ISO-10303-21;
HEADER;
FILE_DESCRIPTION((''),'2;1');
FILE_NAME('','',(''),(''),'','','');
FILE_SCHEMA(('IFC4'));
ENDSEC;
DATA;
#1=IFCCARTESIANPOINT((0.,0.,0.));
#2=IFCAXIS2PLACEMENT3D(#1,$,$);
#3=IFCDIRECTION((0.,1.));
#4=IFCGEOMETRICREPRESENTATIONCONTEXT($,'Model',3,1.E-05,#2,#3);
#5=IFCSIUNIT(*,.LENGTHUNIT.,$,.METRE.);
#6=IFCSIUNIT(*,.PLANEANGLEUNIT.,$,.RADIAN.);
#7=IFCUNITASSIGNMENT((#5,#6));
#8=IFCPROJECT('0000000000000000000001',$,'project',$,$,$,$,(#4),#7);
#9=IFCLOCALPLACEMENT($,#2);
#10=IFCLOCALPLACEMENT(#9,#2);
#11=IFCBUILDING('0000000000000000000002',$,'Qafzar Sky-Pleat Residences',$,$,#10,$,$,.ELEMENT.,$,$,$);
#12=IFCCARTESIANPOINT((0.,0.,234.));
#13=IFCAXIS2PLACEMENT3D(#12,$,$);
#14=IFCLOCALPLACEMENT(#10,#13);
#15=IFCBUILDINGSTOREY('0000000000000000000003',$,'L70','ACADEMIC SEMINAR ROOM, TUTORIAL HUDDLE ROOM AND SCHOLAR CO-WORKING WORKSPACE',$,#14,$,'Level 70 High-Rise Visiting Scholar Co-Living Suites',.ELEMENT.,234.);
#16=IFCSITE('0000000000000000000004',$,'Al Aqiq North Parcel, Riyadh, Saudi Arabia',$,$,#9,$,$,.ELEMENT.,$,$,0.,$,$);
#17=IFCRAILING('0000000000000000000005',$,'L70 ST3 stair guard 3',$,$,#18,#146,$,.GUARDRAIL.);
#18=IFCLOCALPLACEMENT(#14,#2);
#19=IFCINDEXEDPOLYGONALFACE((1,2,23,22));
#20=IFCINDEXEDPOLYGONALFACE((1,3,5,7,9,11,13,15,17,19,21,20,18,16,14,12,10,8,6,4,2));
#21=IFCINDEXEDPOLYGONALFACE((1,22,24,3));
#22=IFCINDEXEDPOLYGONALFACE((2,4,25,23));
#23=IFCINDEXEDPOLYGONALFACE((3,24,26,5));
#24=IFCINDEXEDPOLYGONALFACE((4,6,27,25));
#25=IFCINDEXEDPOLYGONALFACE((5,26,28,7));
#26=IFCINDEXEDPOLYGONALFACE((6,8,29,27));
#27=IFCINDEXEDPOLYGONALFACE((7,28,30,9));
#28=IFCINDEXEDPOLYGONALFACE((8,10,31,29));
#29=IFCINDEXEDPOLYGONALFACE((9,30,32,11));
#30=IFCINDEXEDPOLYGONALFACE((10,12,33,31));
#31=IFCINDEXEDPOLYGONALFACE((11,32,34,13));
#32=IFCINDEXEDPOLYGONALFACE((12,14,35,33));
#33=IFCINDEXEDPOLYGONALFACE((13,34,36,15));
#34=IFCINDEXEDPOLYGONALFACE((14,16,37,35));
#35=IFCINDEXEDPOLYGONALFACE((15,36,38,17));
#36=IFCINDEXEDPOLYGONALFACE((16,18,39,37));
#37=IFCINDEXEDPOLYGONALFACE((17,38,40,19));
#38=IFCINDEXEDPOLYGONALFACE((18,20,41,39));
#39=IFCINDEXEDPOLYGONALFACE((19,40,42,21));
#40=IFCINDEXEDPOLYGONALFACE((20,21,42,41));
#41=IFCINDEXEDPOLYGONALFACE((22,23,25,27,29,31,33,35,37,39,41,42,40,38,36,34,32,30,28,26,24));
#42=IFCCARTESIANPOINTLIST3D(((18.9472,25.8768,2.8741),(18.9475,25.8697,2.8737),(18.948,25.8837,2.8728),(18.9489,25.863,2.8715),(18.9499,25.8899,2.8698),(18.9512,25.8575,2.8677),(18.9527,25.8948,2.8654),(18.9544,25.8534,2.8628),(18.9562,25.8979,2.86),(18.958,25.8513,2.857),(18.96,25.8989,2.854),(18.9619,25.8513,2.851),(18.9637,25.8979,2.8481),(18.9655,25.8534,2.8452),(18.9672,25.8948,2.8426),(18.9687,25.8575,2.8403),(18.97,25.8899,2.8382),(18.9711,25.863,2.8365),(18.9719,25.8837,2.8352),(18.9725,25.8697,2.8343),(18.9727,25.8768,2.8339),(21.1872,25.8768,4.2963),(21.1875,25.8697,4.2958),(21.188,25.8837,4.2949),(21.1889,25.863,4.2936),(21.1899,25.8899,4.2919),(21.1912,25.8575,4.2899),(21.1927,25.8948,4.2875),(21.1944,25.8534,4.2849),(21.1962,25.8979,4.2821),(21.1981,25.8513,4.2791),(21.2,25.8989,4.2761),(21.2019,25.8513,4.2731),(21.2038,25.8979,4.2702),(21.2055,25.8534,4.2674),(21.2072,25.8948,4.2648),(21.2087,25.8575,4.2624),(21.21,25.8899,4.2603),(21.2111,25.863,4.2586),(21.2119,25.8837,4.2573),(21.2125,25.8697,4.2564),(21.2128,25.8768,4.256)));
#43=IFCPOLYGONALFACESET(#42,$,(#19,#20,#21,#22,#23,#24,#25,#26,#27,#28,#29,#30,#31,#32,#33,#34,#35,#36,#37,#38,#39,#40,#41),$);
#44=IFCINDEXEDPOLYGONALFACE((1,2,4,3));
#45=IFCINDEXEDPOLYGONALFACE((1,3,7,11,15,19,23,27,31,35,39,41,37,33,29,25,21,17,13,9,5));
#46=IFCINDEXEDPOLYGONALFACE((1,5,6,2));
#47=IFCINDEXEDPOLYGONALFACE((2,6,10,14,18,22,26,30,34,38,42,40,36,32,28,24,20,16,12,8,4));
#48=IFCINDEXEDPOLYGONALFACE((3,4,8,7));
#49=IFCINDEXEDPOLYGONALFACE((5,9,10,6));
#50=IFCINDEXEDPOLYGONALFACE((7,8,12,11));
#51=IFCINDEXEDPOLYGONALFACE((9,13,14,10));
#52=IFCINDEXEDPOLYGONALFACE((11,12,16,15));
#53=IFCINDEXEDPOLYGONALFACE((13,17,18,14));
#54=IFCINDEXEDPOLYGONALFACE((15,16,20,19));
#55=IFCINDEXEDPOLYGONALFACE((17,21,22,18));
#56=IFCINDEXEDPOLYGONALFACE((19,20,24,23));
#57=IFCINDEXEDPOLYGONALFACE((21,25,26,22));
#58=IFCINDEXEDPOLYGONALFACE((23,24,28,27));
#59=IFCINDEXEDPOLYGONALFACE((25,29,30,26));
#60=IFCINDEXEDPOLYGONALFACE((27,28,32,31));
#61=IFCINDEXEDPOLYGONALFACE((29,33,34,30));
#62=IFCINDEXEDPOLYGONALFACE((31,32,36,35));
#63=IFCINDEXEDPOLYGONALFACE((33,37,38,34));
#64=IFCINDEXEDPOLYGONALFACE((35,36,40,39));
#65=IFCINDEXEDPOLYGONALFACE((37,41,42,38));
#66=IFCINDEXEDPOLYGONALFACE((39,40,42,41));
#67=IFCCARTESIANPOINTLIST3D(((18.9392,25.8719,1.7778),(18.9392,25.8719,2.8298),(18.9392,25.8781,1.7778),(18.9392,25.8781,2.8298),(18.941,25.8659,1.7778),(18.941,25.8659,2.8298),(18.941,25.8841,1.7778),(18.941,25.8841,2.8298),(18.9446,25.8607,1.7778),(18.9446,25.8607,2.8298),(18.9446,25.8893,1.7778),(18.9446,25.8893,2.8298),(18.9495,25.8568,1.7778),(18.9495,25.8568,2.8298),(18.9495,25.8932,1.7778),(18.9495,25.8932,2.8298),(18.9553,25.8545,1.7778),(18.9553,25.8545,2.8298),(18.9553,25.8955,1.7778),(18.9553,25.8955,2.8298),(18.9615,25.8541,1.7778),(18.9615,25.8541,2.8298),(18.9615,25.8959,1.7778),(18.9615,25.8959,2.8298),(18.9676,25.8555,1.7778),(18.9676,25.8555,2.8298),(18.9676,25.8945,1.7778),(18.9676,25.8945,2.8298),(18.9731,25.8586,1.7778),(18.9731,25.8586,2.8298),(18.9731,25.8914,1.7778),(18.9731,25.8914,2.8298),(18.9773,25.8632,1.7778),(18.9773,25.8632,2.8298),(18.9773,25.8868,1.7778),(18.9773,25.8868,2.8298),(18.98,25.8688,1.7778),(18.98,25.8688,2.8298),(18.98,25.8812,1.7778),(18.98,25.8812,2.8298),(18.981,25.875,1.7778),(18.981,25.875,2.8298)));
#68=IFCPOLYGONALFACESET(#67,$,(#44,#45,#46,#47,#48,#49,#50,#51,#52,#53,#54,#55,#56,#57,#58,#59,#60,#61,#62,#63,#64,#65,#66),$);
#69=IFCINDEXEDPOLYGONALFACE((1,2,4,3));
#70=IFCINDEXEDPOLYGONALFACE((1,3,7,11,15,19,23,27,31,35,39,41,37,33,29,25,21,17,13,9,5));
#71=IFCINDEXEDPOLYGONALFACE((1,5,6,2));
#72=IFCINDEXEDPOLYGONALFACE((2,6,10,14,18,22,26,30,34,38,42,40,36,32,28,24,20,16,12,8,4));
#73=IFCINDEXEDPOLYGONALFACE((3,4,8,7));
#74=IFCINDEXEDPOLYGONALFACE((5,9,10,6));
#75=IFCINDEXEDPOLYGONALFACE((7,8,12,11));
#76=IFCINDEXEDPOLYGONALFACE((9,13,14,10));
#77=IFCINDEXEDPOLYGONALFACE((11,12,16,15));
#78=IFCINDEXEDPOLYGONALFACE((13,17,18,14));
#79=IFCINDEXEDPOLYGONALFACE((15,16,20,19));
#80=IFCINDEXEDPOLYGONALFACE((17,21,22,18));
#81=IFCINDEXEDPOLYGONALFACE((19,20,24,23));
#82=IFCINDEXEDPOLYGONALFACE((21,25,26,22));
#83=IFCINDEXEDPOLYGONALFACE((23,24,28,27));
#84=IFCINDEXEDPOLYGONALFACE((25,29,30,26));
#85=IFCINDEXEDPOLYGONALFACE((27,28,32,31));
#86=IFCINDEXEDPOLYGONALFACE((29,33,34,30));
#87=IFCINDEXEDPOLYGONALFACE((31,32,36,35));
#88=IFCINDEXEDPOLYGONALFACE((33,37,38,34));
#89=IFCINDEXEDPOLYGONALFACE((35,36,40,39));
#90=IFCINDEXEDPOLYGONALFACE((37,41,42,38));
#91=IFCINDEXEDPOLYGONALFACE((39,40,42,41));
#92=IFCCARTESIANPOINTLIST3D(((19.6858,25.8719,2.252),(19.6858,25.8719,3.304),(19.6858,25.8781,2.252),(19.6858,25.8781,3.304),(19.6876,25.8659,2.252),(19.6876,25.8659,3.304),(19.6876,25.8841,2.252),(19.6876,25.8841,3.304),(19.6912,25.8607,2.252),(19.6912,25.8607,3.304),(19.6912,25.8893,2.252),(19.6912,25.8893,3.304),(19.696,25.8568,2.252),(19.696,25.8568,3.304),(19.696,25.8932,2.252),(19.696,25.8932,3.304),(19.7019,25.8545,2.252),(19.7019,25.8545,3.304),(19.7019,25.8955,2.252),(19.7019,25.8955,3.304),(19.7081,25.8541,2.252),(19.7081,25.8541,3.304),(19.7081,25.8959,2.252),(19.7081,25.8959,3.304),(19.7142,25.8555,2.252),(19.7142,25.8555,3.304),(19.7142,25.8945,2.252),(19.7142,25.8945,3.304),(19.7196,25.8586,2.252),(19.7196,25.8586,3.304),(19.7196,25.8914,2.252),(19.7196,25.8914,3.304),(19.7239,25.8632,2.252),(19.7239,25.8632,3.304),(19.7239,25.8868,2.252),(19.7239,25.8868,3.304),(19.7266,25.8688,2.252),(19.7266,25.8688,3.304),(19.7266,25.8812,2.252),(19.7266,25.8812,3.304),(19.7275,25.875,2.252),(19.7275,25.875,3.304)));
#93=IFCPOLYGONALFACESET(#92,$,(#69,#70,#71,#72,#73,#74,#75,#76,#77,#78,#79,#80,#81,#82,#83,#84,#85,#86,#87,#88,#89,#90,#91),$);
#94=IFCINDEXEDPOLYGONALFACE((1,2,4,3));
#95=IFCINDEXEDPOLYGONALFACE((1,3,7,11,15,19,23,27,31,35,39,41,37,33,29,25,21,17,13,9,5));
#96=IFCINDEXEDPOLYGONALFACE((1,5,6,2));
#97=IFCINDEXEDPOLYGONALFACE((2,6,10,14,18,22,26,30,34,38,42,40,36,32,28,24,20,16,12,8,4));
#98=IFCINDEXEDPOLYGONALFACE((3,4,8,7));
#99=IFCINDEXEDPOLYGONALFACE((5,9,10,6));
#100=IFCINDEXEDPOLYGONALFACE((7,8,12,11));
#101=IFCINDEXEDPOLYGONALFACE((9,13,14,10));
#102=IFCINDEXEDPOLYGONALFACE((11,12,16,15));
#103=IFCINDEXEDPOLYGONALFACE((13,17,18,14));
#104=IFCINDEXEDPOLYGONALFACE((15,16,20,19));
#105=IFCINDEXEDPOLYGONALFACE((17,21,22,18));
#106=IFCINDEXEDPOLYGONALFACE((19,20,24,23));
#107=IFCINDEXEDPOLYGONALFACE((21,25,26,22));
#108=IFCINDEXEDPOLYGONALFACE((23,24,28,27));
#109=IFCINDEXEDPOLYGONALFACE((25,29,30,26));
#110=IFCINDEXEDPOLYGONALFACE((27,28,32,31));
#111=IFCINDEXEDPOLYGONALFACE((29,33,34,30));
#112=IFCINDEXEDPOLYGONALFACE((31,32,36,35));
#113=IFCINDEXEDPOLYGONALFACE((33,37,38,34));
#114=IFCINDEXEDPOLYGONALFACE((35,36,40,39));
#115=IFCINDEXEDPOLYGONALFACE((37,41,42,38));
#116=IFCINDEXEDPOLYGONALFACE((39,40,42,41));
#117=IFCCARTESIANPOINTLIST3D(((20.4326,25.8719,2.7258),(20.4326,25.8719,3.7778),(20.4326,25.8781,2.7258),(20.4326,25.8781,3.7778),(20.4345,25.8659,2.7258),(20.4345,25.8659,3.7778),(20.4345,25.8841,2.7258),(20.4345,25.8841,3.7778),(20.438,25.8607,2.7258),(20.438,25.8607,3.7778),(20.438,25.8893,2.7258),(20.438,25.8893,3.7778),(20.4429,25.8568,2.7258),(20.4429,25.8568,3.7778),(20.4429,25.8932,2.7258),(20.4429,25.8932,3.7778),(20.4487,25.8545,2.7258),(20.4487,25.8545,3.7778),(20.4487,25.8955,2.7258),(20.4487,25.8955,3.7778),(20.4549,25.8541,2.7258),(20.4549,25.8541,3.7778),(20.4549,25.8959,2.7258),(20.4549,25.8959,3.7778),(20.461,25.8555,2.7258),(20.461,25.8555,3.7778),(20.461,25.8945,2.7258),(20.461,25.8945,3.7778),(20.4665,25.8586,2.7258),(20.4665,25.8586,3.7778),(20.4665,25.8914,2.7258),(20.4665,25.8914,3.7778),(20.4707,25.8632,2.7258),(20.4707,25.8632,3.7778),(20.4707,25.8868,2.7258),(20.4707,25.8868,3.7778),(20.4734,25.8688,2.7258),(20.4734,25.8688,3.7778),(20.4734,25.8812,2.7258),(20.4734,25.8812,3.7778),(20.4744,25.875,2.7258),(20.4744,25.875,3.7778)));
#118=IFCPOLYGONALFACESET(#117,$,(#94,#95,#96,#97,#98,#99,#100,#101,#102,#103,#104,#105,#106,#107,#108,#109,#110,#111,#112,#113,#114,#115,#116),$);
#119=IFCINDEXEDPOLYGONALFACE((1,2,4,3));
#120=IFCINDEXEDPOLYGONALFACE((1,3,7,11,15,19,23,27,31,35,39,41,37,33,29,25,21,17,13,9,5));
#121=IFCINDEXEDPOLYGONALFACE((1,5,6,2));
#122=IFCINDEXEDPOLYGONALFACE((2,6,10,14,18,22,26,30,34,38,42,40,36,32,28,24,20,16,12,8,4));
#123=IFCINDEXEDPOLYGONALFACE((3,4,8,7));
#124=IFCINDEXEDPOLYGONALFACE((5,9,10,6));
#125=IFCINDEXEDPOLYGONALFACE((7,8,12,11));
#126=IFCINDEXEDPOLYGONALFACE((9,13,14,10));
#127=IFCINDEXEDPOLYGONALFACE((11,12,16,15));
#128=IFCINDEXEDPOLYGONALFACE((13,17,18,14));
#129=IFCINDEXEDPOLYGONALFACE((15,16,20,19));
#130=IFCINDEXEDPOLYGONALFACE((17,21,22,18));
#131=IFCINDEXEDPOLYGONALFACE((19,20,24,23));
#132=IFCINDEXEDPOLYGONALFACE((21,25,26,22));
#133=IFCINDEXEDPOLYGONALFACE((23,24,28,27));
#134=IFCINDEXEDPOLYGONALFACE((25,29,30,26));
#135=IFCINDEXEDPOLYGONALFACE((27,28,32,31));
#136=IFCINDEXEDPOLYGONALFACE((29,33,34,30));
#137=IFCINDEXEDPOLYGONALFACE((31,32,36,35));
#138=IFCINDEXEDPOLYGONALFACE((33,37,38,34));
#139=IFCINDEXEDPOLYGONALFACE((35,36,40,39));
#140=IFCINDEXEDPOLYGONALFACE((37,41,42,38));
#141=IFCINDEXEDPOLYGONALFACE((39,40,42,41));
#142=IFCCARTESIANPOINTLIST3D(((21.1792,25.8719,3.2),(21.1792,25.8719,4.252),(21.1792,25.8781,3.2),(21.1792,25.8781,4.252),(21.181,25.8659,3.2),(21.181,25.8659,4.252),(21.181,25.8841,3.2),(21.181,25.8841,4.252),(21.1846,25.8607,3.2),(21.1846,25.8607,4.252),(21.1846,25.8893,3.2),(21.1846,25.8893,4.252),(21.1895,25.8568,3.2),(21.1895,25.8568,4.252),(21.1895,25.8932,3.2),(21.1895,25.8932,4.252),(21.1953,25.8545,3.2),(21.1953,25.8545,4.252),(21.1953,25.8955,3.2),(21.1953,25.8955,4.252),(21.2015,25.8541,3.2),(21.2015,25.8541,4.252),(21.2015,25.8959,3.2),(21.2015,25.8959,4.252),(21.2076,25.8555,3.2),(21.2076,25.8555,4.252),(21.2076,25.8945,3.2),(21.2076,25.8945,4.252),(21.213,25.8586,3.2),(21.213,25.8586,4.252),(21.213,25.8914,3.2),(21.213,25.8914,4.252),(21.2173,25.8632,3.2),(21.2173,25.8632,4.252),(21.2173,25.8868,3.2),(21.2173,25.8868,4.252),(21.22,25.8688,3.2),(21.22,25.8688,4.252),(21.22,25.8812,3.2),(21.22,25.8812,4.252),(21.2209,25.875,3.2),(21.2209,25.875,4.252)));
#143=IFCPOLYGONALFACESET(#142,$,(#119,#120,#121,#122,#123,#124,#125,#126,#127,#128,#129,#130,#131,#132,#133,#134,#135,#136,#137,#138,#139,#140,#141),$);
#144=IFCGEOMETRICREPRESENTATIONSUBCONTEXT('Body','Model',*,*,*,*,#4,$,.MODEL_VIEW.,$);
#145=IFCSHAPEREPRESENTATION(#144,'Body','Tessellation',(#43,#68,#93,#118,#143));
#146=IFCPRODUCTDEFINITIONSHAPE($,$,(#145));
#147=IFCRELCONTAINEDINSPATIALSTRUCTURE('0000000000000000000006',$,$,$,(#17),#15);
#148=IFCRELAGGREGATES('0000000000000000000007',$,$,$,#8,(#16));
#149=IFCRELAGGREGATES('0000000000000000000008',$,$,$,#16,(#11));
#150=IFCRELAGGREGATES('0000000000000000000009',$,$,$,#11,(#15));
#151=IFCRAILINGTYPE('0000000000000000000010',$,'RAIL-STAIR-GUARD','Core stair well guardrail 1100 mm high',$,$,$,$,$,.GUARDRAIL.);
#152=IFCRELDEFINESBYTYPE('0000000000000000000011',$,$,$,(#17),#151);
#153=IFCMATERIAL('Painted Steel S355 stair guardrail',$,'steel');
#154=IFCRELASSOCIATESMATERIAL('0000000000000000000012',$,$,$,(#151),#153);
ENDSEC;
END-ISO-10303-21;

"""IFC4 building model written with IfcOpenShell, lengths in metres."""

from ifc_helpers import new_model, si_unit, direction, frame, origin, origin_2d, place, context, subcontext, project, spatial, circle, extrude, source, transform, mapped, material, type_object, element, save


model = new_model("IFC4")

# Units and contexts
model_context = context("Model", 3, precision=1e-05, world=origin(), true_north=direction((0.0, 1.0)))
body_context = subcontext(model_context, "Body", "Model", "MODEL_VIEW")
ifc_project = project(units=[si_unit("LENGTHUNIT", "METRE"), si_unit("PLANEANGLEUNIT", "RADIAN")], contexts=[model_context])

# Site, building, storey
site_placement = place(None, origin())
site = spatial("IfcSite", under=ifc_project, at=site_placement, Name="Al Aqiq North Parcel, Riyadh, Saudi Arabia", CompositionType="ELEMENT", RefElevation=0.0)
building_placement = place(site_placement, origin())
building = spatial("IfcBuilding", under=site, at=building_placement, Name="Qafzar Sky-Pleat Residences", CompositionType="ELEMENT")
storey_placement = place(building_placement, frame((0.0, 0.0, 234.0)))
storey = spatial("IfcBuildingStorey", under=building, at=storey_placement, Name="L70", Description="ACADEMIC SEMINAR ROOM, TUTORIAL HUDDLE ROOM AND SCHOLAR CO-WORKING WORKSPACE", LongName="Level 70 High-Rise Visiting Scholar Co-Living Suites", CompositionType="ELEMENT", Elevation=234.0)

# Railing
ifc_material_1 = material(Name="Painted Steel S355 stair guardrail", Category="steel")
railing_type_1 = type_object("IfcRailingType", Name="RAIL-STAIR-GUARD", Description="Core stair well guardrail 1100 mm high", PredefinedType="GUARDRAIL", material=ifc_material_1)
shared_shape_1 = source(origin(), body_context, "Body", "SweptSolid", [
    extrude(circle(Radius=0.0239, at=origin_2d()), frame((0.0, 0.0, 1.0762), z_axis=(0.844229, 0.0, 0.535982), x_axis=(0.0, 1.0, 0.0)), (0.0, 0.0, 1.0), 2.6533),
    extrude(circle(Radius=0.021, at=origin_2d()), origin(), (0.0, 0.0, 1.0), 1.052),
    extrude(circle(Radius=0.021, at=origin_2d()), frame((0.7466, 0.0, 0.4741)), (0.0, 0.0, 1.0), 1.052),
    extrude(circle(Radius=0.021, at=origin_2d()), frame((1.4934, 0.0, 0.948)), (0.0, 0.0, 1.0), 1.052),
    extrude(circle(Radius=0.021, at=origin_2d()), frame((2.24, 0.0, 1.4221)), (0.0, 0.0, 1.0), 1.052),
])
railing_1_placement = place(storey_placement, frame((18.96, 25.875, 1.7778)))
element("IfcRailing", 1, at=railing_1_placement, inside=storey, type_object=railing_type_1, Name="L70 ST3 stair guard 3", PredefinedType="GUARDRAIL", context=body_context, shape_type="MappedRepresentation", body=[
    mapped(shared_shape_1, transform((0.0, 0.0, 0.0), x_axis=(1.0, 0.0, 0.0), y_axis=(0.0, 1.0, 0.0), z_axis=(0.0, 0.0, 1.0), scale=1.0)),
])

save(model, "model.ifc")
